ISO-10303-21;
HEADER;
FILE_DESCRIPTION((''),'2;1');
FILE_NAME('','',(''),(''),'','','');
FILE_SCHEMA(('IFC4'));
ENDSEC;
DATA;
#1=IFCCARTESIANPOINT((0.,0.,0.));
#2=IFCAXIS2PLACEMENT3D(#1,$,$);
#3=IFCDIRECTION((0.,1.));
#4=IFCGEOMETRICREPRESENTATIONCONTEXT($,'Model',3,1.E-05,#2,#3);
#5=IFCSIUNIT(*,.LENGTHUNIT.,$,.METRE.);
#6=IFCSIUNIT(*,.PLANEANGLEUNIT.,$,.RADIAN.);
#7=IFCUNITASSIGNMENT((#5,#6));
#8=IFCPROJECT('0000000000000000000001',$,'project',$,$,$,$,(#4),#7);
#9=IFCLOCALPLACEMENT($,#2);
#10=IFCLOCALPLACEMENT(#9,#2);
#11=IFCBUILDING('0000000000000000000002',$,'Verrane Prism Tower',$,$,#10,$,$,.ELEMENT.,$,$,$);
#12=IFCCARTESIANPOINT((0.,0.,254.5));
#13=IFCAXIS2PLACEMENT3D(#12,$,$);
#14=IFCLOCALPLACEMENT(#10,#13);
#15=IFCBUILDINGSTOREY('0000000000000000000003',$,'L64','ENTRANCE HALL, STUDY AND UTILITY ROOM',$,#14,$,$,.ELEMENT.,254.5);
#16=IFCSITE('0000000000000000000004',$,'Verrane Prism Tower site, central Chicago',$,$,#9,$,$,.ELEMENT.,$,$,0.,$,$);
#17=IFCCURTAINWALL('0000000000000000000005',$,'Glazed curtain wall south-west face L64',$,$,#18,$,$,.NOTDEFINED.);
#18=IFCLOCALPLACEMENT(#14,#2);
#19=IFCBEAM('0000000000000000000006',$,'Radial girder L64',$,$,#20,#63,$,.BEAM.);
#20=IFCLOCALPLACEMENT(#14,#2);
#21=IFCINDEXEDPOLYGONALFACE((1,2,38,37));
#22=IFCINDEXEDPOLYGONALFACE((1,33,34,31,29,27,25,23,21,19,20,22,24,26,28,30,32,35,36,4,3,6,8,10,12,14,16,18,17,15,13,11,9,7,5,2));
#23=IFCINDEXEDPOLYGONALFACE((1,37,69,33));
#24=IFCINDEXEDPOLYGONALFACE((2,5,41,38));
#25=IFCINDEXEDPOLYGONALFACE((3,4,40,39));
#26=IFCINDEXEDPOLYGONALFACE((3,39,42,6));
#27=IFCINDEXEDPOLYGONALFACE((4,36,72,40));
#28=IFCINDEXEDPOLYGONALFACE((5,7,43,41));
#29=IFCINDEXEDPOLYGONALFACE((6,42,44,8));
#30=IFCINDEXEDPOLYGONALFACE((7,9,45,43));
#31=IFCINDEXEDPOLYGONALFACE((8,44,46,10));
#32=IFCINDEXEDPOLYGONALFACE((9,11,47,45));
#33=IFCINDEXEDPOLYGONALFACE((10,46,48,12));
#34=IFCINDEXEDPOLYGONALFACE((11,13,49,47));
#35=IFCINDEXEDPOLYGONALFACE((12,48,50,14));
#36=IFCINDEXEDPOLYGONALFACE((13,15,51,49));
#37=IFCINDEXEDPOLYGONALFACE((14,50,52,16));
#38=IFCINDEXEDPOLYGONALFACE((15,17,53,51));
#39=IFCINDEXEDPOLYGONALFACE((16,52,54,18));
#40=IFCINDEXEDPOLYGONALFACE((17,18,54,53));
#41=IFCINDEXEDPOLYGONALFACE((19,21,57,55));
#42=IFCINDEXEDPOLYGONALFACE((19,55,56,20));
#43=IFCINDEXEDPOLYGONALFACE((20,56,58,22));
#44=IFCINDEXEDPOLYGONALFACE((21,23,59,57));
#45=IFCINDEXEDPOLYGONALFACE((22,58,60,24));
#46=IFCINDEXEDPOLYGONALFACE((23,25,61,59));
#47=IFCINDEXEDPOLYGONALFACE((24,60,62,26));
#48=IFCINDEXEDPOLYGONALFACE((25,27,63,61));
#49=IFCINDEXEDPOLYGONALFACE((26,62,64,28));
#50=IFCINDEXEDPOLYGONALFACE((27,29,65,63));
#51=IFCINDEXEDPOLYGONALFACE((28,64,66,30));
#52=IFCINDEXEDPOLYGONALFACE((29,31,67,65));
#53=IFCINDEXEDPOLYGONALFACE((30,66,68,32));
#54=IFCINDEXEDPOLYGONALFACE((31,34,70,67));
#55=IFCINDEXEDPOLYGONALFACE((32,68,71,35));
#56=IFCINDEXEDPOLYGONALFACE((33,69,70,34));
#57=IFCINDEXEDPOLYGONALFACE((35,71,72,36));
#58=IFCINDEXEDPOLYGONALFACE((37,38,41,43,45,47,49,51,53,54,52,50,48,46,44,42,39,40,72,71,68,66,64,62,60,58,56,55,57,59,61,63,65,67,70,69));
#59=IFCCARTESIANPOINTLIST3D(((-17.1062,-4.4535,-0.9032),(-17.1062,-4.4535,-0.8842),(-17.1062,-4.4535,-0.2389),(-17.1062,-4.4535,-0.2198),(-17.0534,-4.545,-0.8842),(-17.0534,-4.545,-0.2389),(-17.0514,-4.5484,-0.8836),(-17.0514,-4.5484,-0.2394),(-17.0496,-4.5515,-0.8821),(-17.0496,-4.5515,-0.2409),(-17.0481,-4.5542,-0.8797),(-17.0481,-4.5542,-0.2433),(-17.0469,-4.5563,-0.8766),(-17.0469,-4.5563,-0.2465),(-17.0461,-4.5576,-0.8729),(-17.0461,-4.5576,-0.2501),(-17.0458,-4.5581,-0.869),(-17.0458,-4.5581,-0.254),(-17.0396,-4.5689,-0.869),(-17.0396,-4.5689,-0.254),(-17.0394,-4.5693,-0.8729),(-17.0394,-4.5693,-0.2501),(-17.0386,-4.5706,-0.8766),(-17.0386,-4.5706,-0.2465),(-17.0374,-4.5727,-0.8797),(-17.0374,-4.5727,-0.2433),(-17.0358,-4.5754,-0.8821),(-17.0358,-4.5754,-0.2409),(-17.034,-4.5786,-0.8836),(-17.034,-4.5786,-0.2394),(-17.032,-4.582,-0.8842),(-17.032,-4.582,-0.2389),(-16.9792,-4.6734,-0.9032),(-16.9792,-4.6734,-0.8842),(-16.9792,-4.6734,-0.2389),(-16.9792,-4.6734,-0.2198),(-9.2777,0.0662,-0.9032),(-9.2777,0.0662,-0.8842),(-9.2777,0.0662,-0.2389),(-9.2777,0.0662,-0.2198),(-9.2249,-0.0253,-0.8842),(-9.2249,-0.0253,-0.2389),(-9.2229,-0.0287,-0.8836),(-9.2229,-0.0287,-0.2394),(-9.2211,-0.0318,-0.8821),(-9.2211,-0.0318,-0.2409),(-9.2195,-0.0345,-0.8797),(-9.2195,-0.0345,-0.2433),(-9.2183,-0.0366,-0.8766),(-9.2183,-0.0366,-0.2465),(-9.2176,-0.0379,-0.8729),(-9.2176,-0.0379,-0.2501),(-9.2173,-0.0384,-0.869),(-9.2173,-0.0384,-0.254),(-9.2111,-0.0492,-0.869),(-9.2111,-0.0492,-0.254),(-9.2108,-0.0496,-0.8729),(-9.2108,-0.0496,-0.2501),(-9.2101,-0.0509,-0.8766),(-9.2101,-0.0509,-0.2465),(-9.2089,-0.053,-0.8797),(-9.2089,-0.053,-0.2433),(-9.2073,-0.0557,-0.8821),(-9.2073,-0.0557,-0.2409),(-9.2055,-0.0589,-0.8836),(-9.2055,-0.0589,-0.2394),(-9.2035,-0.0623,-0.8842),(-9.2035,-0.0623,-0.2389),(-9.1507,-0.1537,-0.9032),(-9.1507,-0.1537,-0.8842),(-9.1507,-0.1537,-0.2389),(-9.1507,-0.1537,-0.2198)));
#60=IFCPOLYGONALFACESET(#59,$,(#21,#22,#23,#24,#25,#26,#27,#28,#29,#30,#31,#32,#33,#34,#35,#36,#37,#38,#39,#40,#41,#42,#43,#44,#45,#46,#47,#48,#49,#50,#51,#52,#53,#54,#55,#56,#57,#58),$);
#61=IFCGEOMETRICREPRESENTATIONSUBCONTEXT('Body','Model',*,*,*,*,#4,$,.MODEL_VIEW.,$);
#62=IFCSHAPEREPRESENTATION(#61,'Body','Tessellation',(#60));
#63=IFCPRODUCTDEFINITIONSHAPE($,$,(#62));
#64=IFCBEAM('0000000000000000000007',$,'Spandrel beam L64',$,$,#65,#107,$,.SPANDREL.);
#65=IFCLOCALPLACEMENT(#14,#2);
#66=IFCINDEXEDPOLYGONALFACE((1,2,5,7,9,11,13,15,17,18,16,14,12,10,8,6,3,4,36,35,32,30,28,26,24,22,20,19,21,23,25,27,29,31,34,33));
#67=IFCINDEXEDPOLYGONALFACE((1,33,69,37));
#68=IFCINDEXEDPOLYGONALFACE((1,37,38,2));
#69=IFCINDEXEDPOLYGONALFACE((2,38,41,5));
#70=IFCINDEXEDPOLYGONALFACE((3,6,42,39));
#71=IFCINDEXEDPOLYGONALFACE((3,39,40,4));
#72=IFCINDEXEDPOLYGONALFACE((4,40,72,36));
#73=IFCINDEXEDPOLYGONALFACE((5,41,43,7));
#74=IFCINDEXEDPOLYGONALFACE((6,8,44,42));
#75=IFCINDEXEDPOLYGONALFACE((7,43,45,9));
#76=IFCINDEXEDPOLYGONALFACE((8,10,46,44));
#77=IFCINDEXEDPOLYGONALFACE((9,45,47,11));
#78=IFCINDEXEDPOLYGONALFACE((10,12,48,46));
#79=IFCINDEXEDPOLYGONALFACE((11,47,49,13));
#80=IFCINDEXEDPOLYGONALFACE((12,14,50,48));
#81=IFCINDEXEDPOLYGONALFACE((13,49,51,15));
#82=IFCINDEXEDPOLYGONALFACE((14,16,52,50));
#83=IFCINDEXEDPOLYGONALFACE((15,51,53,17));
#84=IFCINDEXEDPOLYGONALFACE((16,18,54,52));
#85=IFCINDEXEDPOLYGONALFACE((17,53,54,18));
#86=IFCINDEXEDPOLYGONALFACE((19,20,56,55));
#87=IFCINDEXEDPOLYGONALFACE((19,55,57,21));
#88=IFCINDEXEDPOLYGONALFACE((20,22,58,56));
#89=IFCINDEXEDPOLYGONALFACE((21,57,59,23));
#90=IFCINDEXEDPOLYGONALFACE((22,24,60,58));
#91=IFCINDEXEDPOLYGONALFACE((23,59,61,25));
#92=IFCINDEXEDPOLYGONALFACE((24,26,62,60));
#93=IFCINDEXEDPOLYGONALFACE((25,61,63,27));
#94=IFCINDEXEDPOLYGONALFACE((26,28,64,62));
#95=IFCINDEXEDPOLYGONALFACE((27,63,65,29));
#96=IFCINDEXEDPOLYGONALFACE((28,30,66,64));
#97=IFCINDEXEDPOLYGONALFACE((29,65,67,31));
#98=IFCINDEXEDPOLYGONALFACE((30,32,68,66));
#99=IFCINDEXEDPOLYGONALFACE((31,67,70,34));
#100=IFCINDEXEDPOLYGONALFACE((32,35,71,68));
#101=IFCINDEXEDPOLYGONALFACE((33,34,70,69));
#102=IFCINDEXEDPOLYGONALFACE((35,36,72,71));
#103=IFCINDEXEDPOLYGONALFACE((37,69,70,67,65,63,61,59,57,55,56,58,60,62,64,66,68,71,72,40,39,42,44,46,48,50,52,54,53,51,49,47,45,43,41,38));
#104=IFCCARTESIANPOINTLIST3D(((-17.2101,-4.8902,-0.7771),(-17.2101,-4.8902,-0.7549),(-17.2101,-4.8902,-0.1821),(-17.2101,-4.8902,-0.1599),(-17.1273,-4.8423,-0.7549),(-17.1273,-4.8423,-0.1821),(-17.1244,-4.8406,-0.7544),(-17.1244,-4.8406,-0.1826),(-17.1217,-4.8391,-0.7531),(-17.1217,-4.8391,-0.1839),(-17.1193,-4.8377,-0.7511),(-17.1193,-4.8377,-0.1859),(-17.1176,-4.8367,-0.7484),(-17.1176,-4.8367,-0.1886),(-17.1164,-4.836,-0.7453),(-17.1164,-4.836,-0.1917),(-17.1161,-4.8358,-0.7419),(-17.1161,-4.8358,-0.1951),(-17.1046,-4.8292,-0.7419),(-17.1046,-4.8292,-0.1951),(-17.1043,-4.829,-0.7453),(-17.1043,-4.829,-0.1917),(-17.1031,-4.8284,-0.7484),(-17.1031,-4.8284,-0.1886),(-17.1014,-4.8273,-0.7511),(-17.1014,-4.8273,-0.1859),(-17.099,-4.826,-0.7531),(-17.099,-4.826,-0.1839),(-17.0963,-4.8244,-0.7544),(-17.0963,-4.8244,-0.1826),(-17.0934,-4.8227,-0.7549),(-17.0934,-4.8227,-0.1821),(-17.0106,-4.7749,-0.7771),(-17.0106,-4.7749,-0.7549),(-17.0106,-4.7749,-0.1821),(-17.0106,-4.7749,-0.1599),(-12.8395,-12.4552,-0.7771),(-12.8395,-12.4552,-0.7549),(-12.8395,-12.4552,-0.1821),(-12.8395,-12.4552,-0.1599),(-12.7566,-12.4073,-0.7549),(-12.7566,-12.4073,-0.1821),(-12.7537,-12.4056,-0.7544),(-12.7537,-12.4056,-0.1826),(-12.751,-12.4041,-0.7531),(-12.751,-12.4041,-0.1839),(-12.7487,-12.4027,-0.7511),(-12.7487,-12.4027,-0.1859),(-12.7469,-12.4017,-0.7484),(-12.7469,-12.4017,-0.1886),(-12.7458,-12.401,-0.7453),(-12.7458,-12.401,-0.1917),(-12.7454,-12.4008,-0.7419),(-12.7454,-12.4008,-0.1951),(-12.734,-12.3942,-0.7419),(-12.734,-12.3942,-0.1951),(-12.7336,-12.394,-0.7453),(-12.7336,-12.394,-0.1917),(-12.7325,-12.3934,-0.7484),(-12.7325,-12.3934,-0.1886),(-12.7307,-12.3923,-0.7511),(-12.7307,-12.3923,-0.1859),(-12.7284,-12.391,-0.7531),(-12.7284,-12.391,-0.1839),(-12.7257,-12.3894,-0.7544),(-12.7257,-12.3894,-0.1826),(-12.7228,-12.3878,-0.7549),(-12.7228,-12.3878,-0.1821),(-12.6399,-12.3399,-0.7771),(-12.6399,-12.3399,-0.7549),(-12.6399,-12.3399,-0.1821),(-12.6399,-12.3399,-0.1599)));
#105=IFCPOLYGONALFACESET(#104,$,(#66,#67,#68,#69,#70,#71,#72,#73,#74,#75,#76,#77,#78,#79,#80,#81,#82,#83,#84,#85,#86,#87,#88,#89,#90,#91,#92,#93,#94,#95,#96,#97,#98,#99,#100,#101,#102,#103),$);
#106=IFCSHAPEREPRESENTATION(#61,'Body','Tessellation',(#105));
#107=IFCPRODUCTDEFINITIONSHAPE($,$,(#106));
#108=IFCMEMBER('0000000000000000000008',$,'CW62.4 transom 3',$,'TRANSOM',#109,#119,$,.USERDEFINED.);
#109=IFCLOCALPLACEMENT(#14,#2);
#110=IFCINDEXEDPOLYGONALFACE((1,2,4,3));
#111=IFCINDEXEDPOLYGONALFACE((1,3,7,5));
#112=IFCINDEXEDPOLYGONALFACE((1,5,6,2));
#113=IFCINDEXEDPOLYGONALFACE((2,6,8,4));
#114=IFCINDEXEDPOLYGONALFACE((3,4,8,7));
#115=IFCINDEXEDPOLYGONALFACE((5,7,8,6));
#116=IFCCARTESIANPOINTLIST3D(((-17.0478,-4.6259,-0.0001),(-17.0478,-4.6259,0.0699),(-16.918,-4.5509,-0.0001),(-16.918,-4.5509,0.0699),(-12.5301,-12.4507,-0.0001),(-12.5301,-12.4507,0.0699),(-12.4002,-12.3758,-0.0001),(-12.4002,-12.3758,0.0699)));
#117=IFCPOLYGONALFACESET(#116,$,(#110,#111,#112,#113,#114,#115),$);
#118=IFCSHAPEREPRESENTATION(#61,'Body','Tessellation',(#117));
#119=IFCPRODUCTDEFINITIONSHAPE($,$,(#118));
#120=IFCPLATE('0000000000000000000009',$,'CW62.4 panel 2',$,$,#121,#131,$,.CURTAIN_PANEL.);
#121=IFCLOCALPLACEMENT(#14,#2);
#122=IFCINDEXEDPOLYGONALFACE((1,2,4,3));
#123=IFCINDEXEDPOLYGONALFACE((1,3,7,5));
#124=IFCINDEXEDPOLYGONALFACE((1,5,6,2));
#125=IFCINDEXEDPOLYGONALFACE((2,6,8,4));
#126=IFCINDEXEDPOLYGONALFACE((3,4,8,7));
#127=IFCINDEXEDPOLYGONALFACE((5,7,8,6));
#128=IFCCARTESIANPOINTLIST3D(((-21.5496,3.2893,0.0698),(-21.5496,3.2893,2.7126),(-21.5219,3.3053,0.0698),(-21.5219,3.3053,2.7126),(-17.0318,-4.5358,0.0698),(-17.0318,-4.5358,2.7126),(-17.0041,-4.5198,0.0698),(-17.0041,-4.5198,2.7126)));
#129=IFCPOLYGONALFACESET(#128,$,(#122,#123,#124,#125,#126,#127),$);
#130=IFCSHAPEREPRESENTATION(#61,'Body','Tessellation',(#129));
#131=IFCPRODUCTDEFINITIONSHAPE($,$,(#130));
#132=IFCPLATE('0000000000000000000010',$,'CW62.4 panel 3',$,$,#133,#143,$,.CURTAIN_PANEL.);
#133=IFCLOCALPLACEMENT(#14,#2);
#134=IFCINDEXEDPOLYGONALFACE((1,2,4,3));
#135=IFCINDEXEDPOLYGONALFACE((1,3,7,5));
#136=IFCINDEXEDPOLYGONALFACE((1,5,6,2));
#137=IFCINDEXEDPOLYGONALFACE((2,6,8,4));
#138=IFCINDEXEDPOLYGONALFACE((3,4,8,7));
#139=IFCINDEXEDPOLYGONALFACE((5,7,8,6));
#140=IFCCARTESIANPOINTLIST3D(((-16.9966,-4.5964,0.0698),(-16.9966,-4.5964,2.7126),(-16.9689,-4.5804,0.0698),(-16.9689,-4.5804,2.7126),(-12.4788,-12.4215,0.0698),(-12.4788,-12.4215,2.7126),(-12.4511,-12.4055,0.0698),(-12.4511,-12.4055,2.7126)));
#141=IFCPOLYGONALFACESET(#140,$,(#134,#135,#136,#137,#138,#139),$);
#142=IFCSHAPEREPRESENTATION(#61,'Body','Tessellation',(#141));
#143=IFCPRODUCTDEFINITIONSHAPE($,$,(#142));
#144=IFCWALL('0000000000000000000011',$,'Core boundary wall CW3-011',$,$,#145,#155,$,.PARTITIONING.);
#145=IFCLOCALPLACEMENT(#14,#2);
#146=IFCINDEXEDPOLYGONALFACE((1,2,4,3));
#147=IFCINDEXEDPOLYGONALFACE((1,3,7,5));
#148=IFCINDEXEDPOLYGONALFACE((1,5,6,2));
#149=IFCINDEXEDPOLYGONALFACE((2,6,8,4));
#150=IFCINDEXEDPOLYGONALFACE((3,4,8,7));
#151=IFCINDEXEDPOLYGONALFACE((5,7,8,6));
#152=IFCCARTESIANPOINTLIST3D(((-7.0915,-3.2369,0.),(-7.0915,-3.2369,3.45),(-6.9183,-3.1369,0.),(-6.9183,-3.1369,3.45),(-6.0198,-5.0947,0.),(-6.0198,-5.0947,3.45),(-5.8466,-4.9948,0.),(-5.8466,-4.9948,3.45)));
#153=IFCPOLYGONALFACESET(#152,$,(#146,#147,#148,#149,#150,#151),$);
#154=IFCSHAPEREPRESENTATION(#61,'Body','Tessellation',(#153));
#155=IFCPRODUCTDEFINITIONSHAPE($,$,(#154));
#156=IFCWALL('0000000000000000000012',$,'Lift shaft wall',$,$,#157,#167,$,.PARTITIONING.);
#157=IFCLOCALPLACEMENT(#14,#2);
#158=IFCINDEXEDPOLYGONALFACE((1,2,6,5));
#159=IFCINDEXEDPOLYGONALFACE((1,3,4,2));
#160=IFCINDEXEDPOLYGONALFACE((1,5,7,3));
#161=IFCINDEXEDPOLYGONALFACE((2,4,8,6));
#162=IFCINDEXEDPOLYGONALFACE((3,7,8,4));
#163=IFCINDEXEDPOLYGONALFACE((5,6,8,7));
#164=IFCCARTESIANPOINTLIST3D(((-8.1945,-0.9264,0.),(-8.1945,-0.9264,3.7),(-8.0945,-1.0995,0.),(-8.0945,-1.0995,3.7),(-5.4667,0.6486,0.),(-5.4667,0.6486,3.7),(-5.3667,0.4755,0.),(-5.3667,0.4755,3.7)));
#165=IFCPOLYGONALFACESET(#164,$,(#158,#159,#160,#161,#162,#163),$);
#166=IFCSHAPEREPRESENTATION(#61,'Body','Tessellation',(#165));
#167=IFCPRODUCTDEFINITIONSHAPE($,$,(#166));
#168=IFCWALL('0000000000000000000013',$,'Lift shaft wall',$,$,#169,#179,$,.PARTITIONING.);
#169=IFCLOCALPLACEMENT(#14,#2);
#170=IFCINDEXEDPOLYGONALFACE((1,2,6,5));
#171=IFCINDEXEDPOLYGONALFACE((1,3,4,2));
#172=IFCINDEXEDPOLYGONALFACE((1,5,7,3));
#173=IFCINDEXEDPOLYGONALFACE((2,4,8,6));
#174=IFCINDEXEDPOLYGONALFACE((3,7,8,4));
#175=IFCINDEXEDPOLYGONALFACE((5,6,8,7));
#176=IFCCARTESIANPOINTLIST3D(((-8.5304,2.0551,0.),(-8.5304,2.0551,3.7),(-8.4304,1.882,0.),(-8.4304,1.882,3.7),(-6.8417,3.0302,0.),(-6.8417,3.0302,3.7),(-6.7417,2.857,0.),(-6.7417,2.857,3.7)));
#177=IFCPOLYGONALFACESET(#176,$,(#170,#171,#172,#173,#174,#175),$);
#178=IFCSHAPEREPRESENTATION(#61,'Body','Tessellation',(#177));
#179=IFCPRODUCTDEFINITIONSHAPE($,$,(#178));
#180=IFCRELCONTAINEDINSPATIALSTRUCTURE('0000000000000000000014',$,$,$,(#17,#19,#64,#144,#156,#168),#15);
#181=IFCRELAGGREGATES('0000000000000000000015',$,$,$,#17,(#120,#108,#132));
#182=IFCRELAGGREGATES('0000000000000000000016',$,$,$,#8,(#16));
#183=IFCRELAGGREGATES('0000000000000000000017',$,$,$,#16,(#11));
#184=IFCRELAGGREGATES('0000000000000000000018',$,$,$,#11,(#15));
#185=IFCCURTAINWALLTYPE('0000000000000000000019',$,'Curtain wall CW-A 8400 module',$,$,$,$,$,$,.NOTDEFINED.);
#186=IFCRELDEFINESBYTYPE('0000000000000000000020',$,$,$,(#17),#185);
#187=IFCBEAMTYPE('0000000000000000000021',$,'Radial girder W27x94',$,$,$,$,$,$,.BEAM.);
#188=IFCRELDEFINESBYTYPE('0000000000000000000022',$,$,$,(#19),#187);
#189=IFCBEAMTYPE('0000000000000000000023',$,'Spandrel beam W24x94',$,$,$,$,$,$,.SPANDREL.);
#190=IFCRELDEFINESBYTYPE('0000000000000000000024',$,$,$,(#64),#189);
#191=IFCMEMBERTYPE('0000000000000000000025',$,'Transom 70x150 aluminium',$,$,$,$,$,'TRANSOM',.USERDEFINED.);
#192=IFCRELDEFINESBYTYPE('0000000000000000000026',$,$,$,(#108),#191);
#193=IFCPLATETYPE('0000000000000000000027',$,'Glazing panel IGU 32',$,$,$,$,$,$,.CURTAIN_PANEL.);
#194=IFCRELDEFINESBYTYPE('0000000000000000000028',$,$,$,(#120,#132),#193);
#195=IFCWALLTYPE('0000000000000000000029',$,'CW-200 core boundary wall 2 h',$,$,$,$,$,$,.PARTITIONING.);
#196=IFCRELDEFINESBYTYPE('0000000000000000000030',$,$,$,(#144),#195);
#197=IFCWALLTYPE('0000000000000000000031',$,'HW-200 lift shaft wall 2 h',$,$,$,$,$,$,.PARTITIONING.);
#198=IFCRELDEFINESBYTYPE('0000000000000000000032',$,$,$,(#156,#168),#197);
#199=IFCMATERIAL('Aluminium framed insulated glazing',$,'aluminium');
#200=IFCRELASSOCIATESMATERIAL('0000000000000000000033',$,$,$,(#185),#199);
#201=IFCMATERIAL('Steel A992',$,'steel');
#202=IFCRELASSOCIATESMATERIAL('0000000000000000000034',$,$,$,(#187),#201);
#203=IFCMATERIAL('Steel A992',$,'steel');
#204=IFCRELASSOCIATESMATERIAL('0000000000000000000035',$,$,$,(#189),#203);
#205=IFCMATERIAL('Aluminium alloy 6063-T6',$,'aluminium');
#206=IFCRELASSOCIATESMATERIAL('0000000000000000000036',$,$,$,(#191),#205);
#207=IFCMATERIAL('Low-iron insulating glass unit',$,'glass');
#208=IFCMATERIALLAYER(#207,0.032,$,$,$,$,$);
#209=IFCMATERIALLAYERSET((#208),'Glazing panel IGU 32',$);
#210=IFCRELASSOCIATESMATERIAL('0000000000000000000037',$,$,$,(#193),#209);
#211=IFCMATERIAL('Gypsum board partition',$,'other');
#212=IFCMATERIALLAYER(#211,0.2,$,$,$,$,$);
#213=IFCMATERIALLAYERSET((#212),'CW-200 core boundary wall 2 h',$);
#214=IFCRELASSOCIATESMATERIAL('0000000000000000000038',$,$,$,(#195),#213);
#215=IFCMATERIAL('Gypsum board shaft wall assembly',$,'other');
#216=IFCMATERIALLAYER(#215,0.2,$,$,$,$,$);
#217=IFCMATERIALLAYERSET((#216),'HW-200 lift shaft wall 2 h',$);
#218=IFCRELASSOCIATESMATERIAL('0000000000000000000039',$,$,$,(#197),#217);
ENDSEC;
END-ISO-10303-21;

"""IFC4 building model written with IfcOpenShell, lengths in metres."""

from ifc_helpers import new_model, si_unit, direction, frame, frame_2d, origin, origin_2d, place, context, subcontext, project, spatial, rectangle, i_section, extrude, material, layer, layer_set, material_profile, profile_set, type_object, element, aggregate, save


model = new_model("IFC4")

# Units and contexts
model_context = context("Model", 3, precision=1e-05, world=origin(), true_north=direction((0.0, 1.0)))
body_context = subcontext(model_context, "Body", "Model", "MODEL_VIEW")
ifc_project = project(units=[si_unit("LENGTHUNIT", "METRE"), si_unit("PLANEANGLEUNIT", "RADIAN")], contexts=[model_context])

# Site, building, storey
site_placement = place(None, origin())
site = spatial("IfcSite", under=ifc_project, at=site_placement, Name="Verrane Prism Tower site, central Chicago", CompositionType="ELEMENT", RefElevation=0.0)
building_placement = place(site_placement, origin())
building = spatial("IfcBuilding", under=site, at=building_placement, Name="Verrane Prism Tower", CompositionType="ELEMENT")
storey_placement = place(building_placement, frame((0.0, 0.0, 254.5)))
storey = spatial("IfcBuildingStorey", under=building, at=storey_placement, Name="L64", Description="ENTRANCE HALL, STUDY AND UTILITY ROOM", CompositionType="ELEMENT", Elevation=254.5)

# Curtain wall
ifc_material_1 = material(Name="Aluminium framed insulated glazing", Category="aluminium")
curtain_wall_type = type_object("IfcCurtainWallType", Name="Curtain wall CW-A 8400 module", PredefinedType="NOTDEFINED", material=ifc_material_1)
curtain_wall_placement = place(storey_placement, origin())
curtain_wall = element("IfcCurtainWall", 1, at=curtain_wall_placement, inside=storey, type_object=curtain_wall_type, Name="Glazed curtain wall south-west face L64", PredefinedType="NOTDEFINED")

# Beams
ifc_material_2 = material(Name="Steel A992", Category="steel")
ifc_material_profile_1 = material_profile(ifc_material_2, i_section(OverallWidth=0.2539, OverallDepth=0.6833, WebThickness=0.0125, FlangeThickness=0.019, FilletRadius=0.0151, at=origin_2d()), Name="W27x94")
ifc_profile_set_1 = profile_set([ifc_material_profile_1], Name="Steel A992")
beam_type_1 = type_object("IfcBeamType", Name="Radial girder W27x94", PredefinedType="BEAM", material=ifc_profile_set_1)
beam_1_placement = place(storey_placement, frame((-17.0427, -4.5635, -0.5615), z_axis=(0.866029, 0.499994, 0.0), x_axis=(-0.499994, 0.866029, 0.0)))
element("IfcBeam", 2, at=beam_1_placement, inside=storey, type_object=beam_type_1, Name="Radial girder L64", PredefinedType="BEAM", context=body_context, shape_type="SweptSolid", body=[
    extrude(i_section(OverallWidth=0.2539, OverallDepth=0.6833, WebThickness=0.0125, FlangeThickness=0.019, FilletRadius=0.0151, at=origin_2d()), origin(), (0.0, 0.0, 1.0), 9.0396),
])
ifc_material_3 = material(Name="Steel A992", Category="steel")
ifc_material_profile_2 = material_profile(ifc_material_3, i_section(OverallWidth=0.2305, OverallDepth=0.6172, WebThickness=0.0132, FlangeThickness=0.0222, FilletRadius=0.0129, at=origin_2d()), Name="W24x94")
ifc_profile_set_2 = profile_set([ifc_material_profile_2], Name="Steel A992")
beam_type_2 = type_object("IfcBeamType", Name="Spandrel beam W24x94", PredefinedType="SPANDREL", material=ifc_profile_set_2)
beam_2_placement = place(storey_placement, frame((-17.1104, -4.8325, -0.4685), z_axis=(0.500256, -0.865877, 0.0), x_axis=(0.865877, 0.500256, 0.0)))
element("IfcBeam", 3, at=beam_2_placement, inside=storey, type_object=beam_type_2, Name="Spandrel beam L64", PredefinedType="SPANDREL", context=body_context, shape_type="SweptSolid", body=[
    extrude(i_section(OverallWidth=0.2305, OverallDepth=0.6172, WebThickness=0.0132, FlangeThickness=0.0222, FilletRadius=0.0129, at=origin_2d()), origin(), (0.0, 0.0, 1.0), 8.7368),
])

# Member
ifc_material_4 = material(Name="Aluminium alloy 6063-T6", Category="aluminium")
ifc_material_profile_3 = material_profile(ifc_material_4, rectangle(XDim=0.1499, YDim=0.0701, at=origin_2d()), Name="Transom 70x150 aluminium")
ifc_profile_set_3 = profile_set([ifc_material_profile_3], Name="Aluminium alloy 6063-T6")
member_type_1 = type_object("IfcMemberType", Name="Transom 70x150 aluminium", ElementType="TRANSOM", PredefinedType="USERDEFINED", material=ifc_profile_set_3)
member_1_placement = place(storey_placement, frame((-16.9829, -4.5884, 0.0349), z_axis=(0.500007, -0.866021, 0.0), x_axis=(0.866021, 0.500007, 0.0)))
member_1 = element("IfcMember", 4, at=member_1_placement, type_object=member_type_1, Name="CW62.4 transom 3", ObjectType="TRANSOM", PredefinedType="USERDEFINED", context=body_context, shape_type="SweptSolid", body=[
    extrude(rectangle(XDim=0.1499, YDim=0.0701, at=origin_2d()), origin(), (0.0, 0.0, 1.0), 9.0354),
])

# Plates
ifc_material_5 = material(Name="Low-iron insulating glass unit", Category="glass")
ifc_layer_1 = layer(ifc_material_5, 0.032)
ifc_layer_set_1 = layer_set([ifc_layer_1], Name="Glazing panel IGU 32")
plate_type = type_object("IfcPlateType", Name="Glazing panel IGU 32", PredefinedType="CURTAIN_PANEL", material=ifc_layer_set_1)
plate_1_placement = place(storey_placement, frame((-19.2769, -0.6152, 0.0698), z_axis=(0.0, 0.0, 1.0), x_axis=(0.5, -0.866026, 0.0)))
plate_1 = element("IfcPlate", 5, at=plate_1_placement, type_object=plate_type, Name="CW62.4 panel 2", PredefinedType="CURTAIN_PANEL", context=body_context, shape_type="SweptSolid", body=[
    extrude(rectangle(XDim=9.0356, YDim=0.032, at=origin_2d()), origin(), (0.0, 0.0, 1.0), 2.6428),
])
plate_2_placement = place(storey_placement, frame((-14.7239, -8.501, 0.0698), z_axis=(0.0, 0.0, 1.0), x_axis=(0.5, -0.866026, 0.0)))
plate_2 = element("IfcPlate", 6, at=plate_2_placement, type_object=plate_type, Name="CW62.4 panel 3", PredefinedType="CURTAIN_PANEL", context=body_context, shape_type="SweptSolid", body=[
    extrude(rectangle(XDim=9.0356, YDim=0.032, at=origin_2d()), origin(), (0.0, 0.0, 1.0), 2.6428),
])
aggregate(curtain_wall, [plate_1, member_1, plate_2])

# Walls
ifc_material_6 = material(Name="Gypsum board partition", Category="other")
ifc_layer_2 = layer(ifc_material_6, 0.2)
ifc_layer_set_2 = layer_set([ifc_layer_2], Name="CW-200 core boundary wall 2 h")
wall_type_1 = type_object("IfcWallType", Name="CW-200 core boundary wall 2 h", PredefinedType="PARTITIONING", material=ifc_layer_set_2)
wall_1_placement = place(storey_placement, frame((-7.0049, -3.187, 0.0), z_axis=(0.0, 0.0, 1.0), x_axis=(0.49969, -0.866205, 0.0)))
element("IfcWall", 7, at=wall_1_placement, inside=storey, type_object=wall_type_1, Name="Core boundary wall CW3-011", PredefinedType="PARTITIONING", context=body_context, shape_type="SweptSolid", body=[
    extrude(rectangle(XDim=2.1448, YDim=0.2, at=frame_2d((1.0723, 0.0))), origin(), (0.0, 0.0, 1.0), 3.45),
])
ifc_material_7 = material(Name="Gypsum board shaft wall assembly", Category="other")
ifc_layer_3 = layer(ifc_material_7, 0.2)
ifc_layer_set_3 = layer_set([ifc_layer_3], Name="HW-200 lift shaft wall 2 h")
wall_type_2 = type_object("IfcWallType", Name="HW-200 lift shaft wall 2 h", PredefinedType="PARTITIONING", material=ifc_layer_set_3)
wall_2_placement = place(storey_placement, frame((-8.1445, -1.0129, 0.0), z_axis=(0.0, 0.0, 1.0), x_axis=(0.866016, 0.500015, 0.0)))
element("IfcWall", 8, at=wall_2_placement, inside=storey, type_object=wall_type_2, Name="Lift shaft wall", PredefinedType="PARTITIONING", context=body_context, shape_type="SweptSolid", body=[
    extrude(rectangle(XDim=3.1499, YDim=0.2, at=frame_2d((1.575, 0.0))), origin(), (0.0, 0.0, 1.0), 3.7),
])
wall_3_placement = place(storey_placement, frame((-8.4805, 1.9685, 0.0), z_axis=(0.0, 0.0, 1.0), x_axis=(0.866, 0.500044, 0.0)))
element("IfcWall", 9, at=wall_3_placement, inside=storey, type_object=wall_type_2, Name="Lift shaft wall", PredefinedType="PARTITIONING", context=body_context, shape_type="SweptSolid", body=[
    extrude(rectangle(XDim=1.95, YDim=0.2, at=frame_2d((0.9751, 0.0))), origin(), (0.0, 0.0, 1.0), 3.7),
])

save(model, "model.ifc")
